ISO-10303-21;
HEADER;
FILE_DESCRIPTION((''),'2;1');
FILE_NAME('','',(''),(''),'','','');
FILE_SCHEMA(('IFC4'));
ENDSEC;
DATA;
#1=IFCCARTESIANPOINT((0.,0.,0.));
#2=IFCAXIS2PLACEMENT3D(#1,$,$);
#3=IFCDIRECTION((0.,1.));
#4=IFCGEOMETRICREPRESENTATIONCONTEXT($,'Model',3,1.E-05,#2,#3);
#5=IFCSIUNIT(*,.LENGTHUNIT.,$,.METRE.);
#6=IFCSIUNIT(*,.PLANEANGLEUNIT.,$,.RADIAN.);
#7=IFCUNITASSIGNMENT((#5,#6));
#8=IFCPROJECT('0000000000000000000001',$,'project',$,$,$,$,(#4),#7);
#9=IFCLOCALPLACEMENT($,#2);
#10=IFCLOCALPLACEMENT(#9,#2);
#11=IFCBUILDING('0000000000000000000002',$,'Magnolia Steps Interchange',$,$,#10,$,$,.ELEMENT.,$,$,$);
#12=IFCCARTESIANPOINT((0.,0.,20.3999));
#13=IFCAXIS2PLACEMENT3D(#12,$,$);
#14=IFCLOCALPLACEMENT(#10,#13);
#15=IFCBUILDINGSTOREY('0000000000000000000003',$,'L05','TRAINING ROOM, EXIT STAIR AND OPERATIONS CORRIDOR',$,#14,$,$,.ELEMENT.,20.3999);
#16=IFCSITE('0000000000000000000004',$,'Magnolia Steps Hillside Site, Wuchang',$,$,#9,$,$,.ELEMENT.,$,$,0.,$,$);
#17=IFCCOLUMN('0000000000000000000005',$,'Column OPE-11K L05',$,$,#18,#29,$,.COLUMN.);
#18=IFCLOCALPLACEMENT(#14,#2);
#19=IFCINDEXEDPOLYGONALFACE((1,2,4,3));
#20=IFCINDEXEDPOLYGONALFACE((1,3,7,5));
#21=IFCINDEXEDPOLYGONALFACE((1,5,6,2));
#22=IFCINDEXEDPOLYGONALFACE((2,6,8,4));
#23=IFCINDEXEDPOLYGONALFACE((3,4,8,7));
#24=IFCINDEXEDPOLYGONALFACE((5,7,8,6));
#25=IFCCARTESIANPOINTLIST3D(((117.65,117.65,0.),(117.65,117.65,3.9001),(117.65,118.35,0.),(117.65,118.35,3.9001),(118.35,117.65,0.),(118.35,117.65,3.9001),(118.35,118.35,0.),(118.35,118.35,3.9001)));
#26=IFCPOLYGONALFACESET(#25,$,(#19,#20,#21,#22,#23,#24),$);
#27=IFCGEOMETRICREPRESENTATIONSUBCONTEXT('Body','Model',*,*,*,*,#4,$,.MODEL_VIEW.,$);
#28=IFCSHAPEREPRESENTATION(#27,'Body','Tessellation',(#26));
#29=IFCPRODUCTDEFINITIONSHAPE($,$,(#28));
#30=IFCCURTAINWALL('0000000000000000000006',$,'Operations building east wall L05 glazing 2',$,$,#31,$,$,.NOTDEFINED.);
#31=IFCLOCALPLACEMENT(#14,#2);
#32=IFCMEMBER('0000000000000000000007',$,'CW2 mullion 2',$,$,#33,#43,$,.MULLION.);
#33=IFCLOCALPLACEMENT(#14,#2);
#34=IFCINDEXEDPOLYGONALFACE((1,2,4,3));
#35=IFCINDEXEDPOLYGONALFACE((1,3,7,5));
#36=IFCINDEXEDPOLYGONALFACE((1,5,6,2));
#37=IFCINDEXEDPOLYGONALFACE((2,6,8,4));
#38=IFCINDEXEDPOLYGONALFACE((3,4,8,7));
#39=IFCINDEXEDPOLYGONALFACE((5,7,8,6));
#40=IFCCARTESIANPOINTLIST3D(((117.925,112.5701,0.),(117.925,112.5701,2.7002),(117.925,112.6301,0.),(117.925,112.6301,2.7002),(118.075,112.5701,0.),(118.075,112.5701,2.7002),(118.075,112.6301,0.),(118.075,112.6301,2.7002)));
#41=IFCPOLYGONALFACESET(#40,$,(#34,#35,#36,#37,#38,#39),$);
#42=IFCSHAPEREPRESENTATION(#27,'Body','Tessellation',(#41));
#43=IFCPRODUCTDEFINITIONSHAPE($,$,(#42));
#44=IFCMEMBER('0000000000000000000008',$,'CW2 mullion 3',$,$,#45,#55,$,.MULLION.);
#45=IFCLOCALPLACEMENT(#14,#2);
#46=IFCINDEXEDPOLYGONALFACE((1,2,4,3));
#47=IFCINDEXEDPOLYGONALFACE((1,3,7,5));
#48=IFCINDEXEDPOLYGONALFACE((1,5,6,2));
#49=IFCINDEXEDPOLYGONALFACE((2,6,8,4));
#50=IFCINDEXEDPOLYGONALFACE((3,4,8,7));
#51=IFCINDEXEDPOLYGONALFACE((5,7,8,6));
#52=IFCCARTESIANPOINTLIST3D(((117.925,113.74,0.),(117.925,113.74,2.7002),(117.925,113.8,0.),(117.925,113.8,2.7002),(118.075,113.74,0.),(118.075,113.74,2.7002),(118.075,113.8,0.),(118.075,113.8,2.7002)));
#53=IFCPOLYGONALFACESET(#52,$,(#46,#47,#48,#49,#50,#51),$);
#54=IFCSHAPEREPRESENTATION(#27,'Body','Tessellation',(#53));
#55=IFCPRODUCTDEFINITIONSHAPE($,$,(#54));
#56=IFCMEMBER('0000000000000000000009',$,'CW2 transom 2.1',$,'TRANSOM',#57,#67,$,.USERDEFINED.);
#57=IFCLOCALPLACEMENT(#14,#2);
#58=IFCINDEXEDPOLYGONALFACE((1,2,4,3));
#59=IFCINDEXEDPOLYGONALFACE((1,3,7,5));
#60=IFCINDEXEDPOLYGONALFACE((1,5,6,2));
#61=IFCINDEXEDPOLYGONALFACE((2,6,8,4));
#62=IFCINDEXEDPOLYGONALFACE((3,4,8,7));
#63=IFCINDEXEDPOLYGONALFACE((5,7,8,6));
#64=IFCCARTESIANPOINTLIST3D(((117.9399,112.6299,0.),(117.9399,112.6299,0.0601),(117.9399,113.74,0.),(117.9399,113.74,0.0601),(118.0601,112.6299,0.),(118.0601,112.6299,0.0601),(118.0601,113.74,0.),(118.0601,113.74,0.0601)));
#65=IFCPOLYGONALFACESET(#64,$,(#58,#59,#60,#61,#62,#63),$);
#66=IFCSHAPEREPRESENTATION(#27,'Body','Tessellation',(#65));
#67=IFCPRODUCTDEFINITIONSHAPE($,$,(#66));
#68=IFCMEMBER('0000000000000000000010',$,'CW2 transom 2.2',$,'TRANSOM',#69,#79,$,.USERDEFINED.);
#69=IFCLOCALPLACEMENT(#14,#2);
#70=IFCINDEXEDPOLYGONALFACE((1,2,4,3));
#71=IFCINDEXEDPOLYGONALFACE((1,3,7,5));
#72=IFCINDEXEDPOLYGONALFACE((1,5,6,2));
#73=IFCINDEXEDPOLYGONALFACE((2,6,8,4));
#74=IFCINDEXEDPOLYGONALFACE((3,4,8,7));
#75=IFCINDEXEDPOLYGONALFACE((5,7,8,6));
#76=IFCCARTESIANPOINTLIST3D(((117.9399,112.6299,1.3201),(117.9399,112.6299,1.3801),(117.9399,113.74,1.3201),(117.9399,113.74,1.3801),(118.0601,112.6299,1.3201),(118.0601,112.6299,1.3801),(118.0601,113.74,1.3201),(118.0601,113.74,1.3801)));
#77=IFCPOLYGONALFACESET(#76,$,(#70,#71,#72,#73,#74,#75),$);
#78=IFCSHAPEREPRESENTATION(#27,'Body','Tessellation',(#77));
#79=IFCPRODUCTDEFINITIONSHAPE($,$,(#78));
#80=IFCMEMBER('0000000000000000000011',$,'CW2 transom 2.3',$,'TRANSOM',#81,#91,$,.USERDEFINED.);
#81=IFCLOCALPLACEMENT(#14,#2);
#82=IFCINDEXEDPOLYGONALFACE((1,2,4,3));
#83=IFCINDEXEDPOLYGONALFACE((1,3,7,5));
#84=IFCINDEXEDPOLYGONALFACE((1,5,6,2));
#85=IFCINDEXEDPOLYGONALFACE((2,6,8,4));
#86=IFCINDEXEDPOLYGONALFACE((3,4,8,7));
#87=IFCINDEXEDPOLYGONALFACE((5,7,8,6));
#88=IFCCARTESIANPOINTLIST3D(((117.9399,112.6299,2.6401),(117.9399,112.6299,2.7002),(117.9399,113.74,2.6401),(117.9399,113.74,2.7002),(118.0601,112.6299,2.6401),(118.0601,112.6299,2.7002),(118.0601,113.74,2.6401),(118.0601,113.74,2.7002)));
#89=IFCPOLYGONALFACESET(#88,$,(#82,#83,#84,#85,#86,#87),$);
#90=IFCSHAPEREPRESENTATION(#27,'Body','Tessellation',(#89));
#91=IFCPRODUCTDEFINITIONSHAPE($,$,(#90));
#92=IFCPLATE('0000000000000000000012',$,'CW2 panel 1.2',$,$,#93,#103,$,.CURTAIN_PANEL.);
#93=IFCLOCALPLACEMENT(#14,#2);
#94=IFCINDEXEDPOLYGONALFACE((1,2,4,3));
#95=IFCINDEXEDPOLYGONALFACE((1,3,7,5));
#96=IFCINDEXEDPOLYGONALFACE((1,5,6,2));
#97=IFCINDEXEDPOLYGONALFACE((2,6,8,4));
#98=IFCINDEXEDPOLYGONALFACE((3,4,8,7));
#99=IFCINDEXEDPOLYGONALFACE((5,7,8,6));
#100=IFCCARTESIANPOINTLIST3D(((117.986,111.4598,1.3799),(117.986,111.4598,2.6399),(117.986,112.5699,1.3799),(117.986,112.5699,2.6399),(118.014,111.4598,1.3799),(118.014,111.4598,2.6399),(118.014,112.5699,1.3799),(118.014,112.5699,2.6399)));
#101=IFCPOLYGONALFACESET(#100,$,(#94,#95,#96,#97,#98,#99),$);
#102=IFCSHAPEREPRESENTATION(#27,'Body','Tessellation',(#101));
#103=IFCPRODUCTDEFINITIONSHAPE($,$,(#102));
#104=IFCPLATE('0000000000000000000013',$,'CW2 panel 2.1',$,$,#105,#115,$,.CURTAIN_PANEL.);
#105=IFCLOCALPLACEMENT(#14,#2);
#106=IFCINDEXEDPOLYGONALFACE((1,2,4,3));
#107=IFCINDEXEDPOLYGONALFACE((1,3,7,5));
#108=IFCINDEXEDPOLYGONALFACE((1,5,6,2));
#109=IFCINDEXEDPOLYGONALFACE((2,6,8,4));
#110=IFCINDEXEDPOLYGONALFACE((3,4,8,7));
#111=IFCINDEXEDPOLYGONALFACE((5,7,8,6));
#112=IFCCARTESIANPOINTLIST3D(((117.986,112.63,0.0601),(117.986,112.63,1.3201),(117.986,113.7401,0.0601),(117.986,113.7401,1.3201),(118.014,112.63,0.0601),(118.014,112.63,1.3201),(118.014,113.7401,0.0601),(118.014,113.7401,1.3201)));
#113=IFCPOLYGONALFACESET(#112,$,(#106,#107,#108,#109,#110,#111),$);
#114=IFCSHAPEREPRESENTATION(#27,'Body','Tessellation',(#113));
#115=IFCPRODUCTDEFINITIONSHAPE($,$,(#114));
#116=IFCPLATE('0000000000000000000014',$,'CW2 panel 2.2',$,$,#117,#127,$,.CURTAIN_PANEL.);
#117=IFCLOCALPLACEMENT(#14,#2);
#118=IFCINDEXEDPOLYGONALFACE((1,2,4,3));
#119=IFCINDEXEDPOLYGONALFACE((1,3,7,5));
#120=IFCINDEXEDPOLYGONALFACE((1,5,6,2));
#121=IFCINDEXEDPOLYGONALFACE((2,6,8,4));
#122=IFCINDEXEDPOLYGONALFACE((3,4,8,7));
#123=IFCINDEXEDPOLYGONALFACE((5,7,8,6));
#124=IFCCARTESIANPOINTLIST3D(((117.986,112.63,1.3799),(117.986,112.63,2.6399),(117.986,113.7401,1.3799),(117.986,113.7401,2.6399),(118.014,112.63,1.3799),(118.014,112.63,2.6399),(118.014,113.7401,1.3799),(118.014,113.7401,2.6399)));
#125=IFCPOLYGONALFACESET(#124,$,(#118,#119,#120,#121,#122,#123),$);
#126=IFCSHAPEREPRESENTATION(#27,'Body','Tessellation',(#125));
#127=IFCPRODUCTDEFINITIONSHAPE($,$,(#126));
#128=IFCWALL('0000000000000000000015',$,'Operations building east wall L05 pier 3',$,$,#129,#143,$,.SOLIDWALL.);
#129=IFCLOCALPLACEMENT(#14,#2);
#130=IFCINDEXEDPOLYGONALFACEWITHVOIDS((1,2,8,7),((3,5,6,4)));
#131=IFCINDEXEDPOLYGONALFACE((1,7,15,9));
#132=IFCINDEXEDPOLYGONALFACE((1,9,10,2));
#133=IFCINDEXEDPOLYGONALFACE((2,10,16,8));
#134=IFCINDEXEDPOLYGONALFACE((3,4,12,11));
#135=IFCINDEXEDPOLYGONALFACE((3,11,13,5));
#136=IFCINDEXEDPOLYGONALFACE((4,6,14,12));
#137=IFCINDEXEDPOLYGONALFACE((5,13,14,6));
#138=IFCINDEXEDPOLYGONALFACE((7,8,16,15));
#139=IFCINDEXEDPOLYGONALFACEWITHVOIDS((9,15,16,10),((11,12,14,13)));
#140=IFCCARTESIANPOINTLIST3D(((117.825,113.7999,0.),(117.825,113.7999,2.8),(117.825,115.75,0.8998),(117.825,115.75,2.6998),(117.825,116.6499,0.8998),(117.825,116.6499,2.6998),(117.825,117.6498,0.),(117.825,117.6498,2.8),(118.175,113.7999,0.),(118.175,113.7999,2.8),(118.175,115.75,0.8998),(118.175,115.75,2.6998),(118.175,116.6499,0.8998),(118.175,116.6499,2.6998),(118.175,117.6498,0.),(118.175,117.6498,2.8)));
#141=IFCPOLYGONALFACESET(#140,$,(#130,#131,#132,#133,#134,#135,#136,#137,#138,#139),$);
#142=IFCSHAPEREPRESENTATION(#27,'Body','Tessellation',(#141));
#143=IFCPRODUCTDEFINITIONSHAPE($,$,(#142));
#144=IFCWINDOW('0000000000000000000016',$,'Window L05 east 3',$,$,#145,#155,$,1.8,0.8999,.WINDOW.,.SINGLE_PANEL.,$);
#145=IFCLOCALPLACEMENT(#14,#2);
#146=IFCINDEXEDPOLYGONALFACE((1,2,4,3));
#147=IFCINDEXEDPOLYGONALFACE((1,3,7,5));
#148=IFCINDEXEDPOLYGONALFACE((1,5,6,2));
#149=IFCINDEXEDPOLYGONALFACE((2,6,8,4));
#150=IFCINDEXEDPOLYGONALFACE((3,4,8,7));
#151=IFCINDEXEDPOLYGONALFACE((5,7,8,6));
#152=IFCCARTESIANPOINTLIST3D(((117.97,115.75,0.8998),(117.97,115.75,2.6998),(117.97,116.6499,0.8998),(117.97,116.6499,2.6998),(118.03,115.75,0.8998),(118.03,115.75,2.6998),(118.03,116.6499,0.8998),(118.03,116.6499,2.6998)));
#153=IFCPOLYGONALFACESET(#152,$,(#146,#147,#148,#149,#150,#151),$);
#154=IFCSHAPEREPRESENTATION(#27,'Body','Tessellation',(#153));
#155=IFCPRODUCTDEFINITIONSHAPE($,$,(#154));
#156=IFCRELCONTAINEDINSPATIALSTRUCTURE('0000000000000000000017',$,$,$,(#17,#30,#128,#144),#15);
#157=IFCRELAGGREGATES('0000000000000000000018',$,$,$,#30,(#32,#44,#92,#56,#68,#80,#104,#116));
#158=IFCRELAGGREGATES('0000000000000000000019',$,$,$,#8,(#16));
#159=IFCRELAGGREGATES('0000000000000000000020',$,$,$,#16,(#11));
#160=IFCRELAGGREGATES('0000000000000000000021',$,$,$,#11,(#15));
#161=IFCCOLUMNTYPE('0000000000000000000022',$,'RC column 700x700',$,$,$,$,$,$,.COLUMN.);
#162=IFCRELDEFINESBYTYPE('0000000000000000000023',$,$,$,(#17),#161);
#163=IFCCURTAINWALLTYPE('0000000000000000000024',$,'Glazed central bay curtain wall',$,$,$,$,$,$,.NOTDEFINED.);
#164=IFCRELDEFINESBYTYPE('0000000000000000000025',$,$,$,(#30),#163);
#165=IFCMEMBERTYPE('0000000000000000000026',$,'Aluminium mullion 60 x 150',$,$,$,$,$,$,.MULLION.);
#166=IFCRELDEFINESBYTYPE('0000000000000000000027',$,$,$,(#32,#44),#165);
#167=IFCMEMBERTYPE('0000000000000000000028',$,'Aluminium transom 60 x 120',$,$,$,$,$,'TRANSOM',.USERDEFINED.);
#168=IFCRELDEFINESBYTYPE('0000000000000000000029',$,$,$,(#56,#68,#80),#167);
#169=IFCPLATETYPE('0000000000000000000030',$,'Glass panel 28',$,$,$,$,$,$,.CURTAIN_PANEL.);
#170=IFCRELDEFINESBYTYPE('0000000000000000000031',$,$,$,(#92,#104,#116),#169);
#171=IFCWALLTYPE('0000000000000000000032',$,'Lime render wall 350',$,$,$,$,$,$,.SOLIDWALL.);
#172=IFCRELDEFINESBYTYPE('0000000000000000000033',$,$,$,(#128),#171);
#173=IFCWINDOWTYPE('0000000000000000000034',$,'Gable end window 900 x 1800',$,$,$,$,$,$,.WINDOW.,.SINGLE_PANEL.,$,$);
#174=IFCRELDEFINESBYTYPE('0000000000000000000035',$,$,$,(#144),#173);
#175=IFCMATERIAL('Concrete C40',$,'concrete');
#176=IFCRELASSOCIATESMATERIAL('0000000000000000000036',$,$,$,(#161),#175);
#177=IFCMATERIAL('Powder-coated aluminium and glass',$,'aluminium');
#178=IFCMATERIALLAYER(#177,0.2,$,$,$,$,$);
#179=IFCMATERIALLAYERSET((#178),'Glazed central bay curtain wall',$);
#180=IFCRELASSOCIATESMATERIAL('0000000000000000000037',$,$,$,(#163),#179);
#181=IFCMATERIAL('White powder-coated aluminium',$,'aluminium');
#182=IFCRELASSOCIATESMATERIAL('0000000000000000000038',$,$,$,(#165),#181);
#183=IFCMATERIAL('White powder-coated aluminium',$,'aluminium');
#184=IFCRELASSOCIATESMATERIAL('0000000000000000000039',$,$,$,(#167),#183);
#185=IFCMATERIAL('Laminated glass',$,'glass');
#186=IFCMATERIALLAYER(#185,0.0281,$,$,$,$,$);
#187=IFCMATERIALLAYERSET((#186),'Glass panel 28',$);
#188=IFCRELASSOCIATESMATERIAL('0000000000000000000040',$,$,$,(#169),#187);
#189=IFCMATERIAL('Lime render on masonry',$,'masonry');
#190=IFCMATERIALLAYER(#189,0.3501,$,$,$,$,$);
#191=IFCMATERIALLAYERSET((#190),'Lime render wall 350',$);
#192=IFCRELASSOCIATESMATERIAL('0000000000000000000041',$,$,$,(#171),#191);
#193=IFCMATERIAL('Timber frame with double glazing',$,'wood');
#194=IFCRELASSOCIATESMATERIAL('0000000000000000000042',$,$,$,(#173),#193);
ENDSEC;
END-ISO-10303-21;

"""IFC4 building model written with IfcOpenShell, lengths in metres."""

from ifc_helpers import new_model, si_unit, direction, frame, frame_2d, origin, origin_2d, place, context, subcontext, project, spatial, rectangle, extrude, material, layer, layer_set, material_profile, profile_set, type_object, element, fill, aggregate, save


model = new_model("IFC4")

# Units and contexts
model_context = context("Model", 3, precision=1e-05, world=origin(), true_north=direction((0.0, 1.0)))
body_context = subcontext(model_context, "Body", "Model", "MODEL_VIEW")
ifc_project = project(units=[si_unit("LENGTHUNIT", "METRE"), si_unit("PLANEANGLEUNIT", "RADIAN")], contexts=[model_context])

# Site, building, storey
site_placement = place(None, origin())
site = spatial("IfcSite", under=ifc_project, at=site_placement, Name="Magnolia Steps Hillside Site, Wuchang", CompositionType="ELEMENT", RefElevation=0.0)
building_placement = place(site_placement, origin())
building = spatial("IfcBuilding", under=site, at=building_placement, Name="Magnolia Steps Interchange", CompositionType="ELEMENT")
storey_placement = place(building_placement, frame((0.0, 0.0, 20.3999)))
storey = spatial("IfcBuildingStorey", under=building, at=storey_placement, Name="L05", Description="TRAINING ROOM, EXIT STAIR AND OPERATIONS CORRIDOR", CompositionType="ELEMENT", Elevation=20.3999)

# Column
ifc_material_1 = material(Name="Concrete C40", Category="concrete")
ifc_material_profile_1 = material_profile(ifc_material_1, rectangle(XDim=0.7, YDim=0.7, at=origin_2d()), Name="RC700x700")
ifc_profile_set_1 = profile_set([ifc_material_profile_1], Name="Concrete C40")
column_type = type_object("IfcColumnType", Name="RC column 700x700", PredefinedType="COLUMN", material=ifc_profile_set_1)
column_placement = place(storey_placement, frame((118.0, 118.0, 0.0), z_axis=(0.0, 0.0, 1.0), x_axis=(1.0, 0.0, 0.0)))
element("IfcColumn", 1, at=column_placement, inside=storey, type_object=column_type, Name="Column OPE-11K L05", PredefinedType="COLUMN", context=body_context, shape_type="SweptSolid", body=[
    extrude(rectangle(XDim=0.7, YDim=0.7, at=origin_2d()), origin(), (0.0, 0.0, 1.0), 3.9001),
])

# Curtain wall, members, plates
ifc_material_2 = material(Name="Powder-coated aluminium and glass", Category="aluminium")
ifc_layer_1 = layer(ifc_material_2, 0.2)
ifc_layer_set_1 = layer_set([ifc_layer_1], Name="Glazed central bay curtain wall")
curtain_wall_type = type_object("IfcCurtainWallType", Name="Glazed central bay curtain wall", PredefinedType="NOTDEFINED", material=ifc_layer_set_1)
curtain_wall_placement = place(storey_placement, origin())
curtain_wall = element("IfcCurtainWall", 2, at=curtain_wall_placement, inside=storey, type_object=curtain_wall_type, Name="Operations building east wall L05 glazing 2", PredefinedType="NOTDEFINED")
ifc_material_3 = material(Name="White powder-coated aluminium", Category="aluminium")
ifc_material_profile_2 = material_profile(ifc_material_3, rectangle(XDim=0.0601, YDim=0.1499, at=origin_2d()), Name="Aluminium mullion 60 x 150")
ifc_profile_set_2 = profile_set([ifc_material_profile_2], Name="White powder-coated aluminium")
member_type_1 = type_object("IfcMemberType", Name="Aluminium mullion 60 x 150", PredefinedType="MULLION", material=ifc_profile_set_2)
member_1_placement = place(storey_placement, frame((118.0, 112.6001, 0.0), z_axis=(0.0, 0.0, 1.0), x_axis=(0.0, 1.0, 0.0)))
member_1 = element("IfcMember", 3, at=member_1_placement, type_object=member_type_1, Name="CW2 mullion 2", PredefinedType="MULLION", context=body_context, shape_type="SweptSolid", body=[
    extrude(rectangle(XDim=0.0601, YDim=0.1499, at=origin_2d()), origin(), (0.0, 0.0, 1.0), 2.7002),
])
member_2_placement = place(storey_placement, frame((118.0, 113.77, 0.0), z_axis=(0.0, 0.0, 1.0), x_axis=(0.0, 1.0, 0.0)))
member_2 = element("IfcMember", 4, at=member_2_placement, type_object=member_type_1, Name="CW2 mullion 3", PredefinedType="MULLION", context=body_context, shape_type="SweptSolid", body=[
    extrude(rectangle(XDim=0.0601, YDim=0.1499, at=origin_2d()), origin(), (0.0, 0.0, 1.0), 2.7002),
])
ifc_material_4 = material(Name="White powder-coated aluminium", Category="aluminium")
ifc_material_profile_3 = material_profile(ifc_material_4, rectangle(XDim=0.0601, YDim=0.1201, at=origin_2d()), Name="Aluminium transom 60 x 120")
ifc_profile_set_3 = profile_set([ifc_material_profile_3], Name="White powder-coated aluminium")
member_type_2 = type_object("IfcMemberType", Name="Aluminium transom 60 x 120", ElementType="TRANSOM", PredefinedType="USERDEFINED", material=ifc_profile_set_3)
member_3_placement = place(storey_placement, frame((118.0, 112.6299, 0.03), z_axis=(0.0, 1.0, 0.0), x_axis=(0.0, 0.0, 1.0)))
member_3 = element("IfcMember", 5, at=member_3_placement, type_object=member_type_2, Name="CW2 transom 2.1", ObjectType="TRANSOM", PredefinedType="USERDEFINED", context=body_context, shape_type="SweptSolid", body=[
    extrude(rectangle(XDim=0.0601, YDim=0.1201, at=origin_2d()), origin(), (0.0, 0.0, 1.0), 1.1101),
])
member_4_placement = place(storey_placement, frame((118.0, 112.6299, 1.3501), z_axis=(0.0, 1.0, 0.0), x_axis=(0.0, 0.0, 1.0)))
member_4 = element("IfcMember", 6, at=member_4_placement, type_object=member_type_2, Name="CW2 transom 2.2", ObjectType="TRANSOM", PredefinedType="USERDEFINED", context=body_context, shape_type="SweptSolid", body=[
    extrude(rectangle(XDim=0.0601, YDim=0.1201, at=origin_2d()), origin(), (0.0, 0.0, 1.0), 1.1101),
])
member_5_placement = place(storey_placement, frame((118.0, 112.6299, 2.6702), z_axis=(0.0, 1.0, 0.0), x_axis=(0.0, 0.0, 1.0)))
member_5 = element("IfcMember", 7, at=member_5_placement, type_object=member_type_2, Name="CW2 transom 2.3", ObjectType="TRANSOM", PredefinedType="USERDEFINED", context=body_context, shape_type="SweptSolid", body=[
    extrude(rectangle(XDim=0.0601, YDim=0.1201, at=origin_2d()), origin(), (0.0, 0.0, 1.0), 1.1101),
])
ifc_material_5 = material(Name="Laminated glass", Category="glass")
ifc_layer_2 = layer(ifc_material_5, 0.0281)
ifc_layer_set_2 = layer_set([ifc_layer_2], Name="Glass panel 28")
plate_type = type_object("IfcPlateType", Name="Glass panel 28", PredefinedType="CURTAIN_PANEL", material=ifc_layer_set_2)
plate_1_placement = place(storey_placement, frame((118.0, 112.0149, 1.3799), z_axis=(0.0, 0.0, 1.0), x_axis=(0.0, 1.0, 0.0)))
plate_1 = element("IfcPlate", 8, at=plate_1_placement, type_object=plate_type, Name="CW2 panel 1.2", PredefinedType="CURTAIN_PANEL", context=body_context, shape_type="SweptSolid", body=[
    extrude(rectangle(XDim=1.1101, YDim=0.0281, at=origin_2d()), origin(), (0.0, 0.0, 1.0), 1.26),
])
plate_2_placement = place(storey_placement, frame((118.0, 113.1851, 0.0601), z_axis=(0.0, 0.0, 1.0), x_axis=(0.0, 1.0, 0.0)))
plate_2 = element("IfcPlate", 9, at=plate_2_placement, type_object=plate_type, Name="CW2 panel 2.1", PredefinedType="CURTAIN_PANEL", context=body_context, shape_type="SweptSolid", body=[
    extrude(rectangle(XDim=1.1101, YDim=0.0281, at=origin_2d()), origin(), (0.0, 0.0, 1.0), 1.26),
])
plate_3_placement = place(storey_placement, frame((118.0, 113.1851, 1.3799), z_axis=(0.0, 0.0, 1.0), x_axis=(0.0, 1.0, 0.0)))
plate_3 = element("IfcPlate", 10, at=plate_3_placement, type_object=plate_type, Name="CW2 panel 2.2", PredefinedType="CURTAIN_PANEL", context=body_context, shape_type="SweptSolid", body=[
    extrude(rectangle(XDim=1.1101, YDim=0.0281, at=origin_2d()), origin(), (0.0, 0.0, 1.0), 1.26),
])
aggregate(curtain_wall, [member_1, member_2, plate_1, member_3, member_4, member_5, plate_2, plate_3])

# Wall, opening, window
ifc_material_6 = material(Name="Lime render on masonry", Category="masonry")
ifc_layer_3 = layer(ifc_material_6, 0.3501)
ifc_layer_set_3 = layer_set([ifc_layer_3], Name="Lime render wall 350")
wall_type = type_object("IfcWallType", Name="Lime render wall 350", PredefinedType="SOLIDWALL", material=ifc_layer_set_3)
wall_placement = place(storey_placement, frame((118.0, 113.8, 0.0), z_axis=(0.0, 0.0, 1.0), x_axis=(0.0, 1.0, 0.0)))
wall = element("IfcWall", 11, at=wall_placement, inside=storey, type_object=wall_type, Name="Operations building east wall L05 pier 3", PredefinedType="SOLIDWALL", context=body_context, shape_type="SweptSolid", body=[
    extrude(rectangle(XDim=3.8499, YDim=0.3501, at=frame_2d((1.9248, 0.0))), origin(), (0.0, 0.0, 1.0), 2.8),
])
opening_placement = place(wall_placement, frame((1.95, 0.0, 0.8999)))
opening = element("IfcOpeningElement", 12, at=opening_placement, cuts=wall, PredefinedType="OPENING", context=body_context, shape_type="SweptSolid", body=[
    extrude(rectangle(XDim=0.8999, YDim=1.8, at=frame_2d((0.45, 0.8999))), frame((0.0, 0.1851, 0.0), z_axis=(0.0, -1.0, 0.0), x_axis=(1.0, 0.0, 0.0)), (0.0, 0.0, 1.0), 0.3701),
])
ifc_material_7 = material(Name="Timber frame with double glazing", Category="wood")
window_type = type_object("IfcWindowType", Name="Gable end window 900 x 1800", PartitioningType="SINGLE_PANEL", PredefinedType="WINDOW", material=ifc_material_7)
window_placement = place(opening_placement, origin())
window = element("IfcWindow", 13, at=window_placement, inside=storey, type_object=window_type, Name="Window L05 east 3", OverallHeight=1.8, OverallWidth=0.8999, PartitioningType="SINGLE_PANEL", PredefinedType="WINDOW", context=body_context, shape_type="SweptSolid", body=[
    extrude(rectangle(XDim=0.8999, YDim=1.8, at=frame_2d((0.45, 0.8999))), frame((0.0, 0.03, 0.0), z_axis=(0.0, -1.0, 0.0), x_axis=(1.0, 0.0, 0.0)), (0.0, 0.0, 1.0), 0.0601),
])
fill(opening, window)

save(model, "model.ifc")
